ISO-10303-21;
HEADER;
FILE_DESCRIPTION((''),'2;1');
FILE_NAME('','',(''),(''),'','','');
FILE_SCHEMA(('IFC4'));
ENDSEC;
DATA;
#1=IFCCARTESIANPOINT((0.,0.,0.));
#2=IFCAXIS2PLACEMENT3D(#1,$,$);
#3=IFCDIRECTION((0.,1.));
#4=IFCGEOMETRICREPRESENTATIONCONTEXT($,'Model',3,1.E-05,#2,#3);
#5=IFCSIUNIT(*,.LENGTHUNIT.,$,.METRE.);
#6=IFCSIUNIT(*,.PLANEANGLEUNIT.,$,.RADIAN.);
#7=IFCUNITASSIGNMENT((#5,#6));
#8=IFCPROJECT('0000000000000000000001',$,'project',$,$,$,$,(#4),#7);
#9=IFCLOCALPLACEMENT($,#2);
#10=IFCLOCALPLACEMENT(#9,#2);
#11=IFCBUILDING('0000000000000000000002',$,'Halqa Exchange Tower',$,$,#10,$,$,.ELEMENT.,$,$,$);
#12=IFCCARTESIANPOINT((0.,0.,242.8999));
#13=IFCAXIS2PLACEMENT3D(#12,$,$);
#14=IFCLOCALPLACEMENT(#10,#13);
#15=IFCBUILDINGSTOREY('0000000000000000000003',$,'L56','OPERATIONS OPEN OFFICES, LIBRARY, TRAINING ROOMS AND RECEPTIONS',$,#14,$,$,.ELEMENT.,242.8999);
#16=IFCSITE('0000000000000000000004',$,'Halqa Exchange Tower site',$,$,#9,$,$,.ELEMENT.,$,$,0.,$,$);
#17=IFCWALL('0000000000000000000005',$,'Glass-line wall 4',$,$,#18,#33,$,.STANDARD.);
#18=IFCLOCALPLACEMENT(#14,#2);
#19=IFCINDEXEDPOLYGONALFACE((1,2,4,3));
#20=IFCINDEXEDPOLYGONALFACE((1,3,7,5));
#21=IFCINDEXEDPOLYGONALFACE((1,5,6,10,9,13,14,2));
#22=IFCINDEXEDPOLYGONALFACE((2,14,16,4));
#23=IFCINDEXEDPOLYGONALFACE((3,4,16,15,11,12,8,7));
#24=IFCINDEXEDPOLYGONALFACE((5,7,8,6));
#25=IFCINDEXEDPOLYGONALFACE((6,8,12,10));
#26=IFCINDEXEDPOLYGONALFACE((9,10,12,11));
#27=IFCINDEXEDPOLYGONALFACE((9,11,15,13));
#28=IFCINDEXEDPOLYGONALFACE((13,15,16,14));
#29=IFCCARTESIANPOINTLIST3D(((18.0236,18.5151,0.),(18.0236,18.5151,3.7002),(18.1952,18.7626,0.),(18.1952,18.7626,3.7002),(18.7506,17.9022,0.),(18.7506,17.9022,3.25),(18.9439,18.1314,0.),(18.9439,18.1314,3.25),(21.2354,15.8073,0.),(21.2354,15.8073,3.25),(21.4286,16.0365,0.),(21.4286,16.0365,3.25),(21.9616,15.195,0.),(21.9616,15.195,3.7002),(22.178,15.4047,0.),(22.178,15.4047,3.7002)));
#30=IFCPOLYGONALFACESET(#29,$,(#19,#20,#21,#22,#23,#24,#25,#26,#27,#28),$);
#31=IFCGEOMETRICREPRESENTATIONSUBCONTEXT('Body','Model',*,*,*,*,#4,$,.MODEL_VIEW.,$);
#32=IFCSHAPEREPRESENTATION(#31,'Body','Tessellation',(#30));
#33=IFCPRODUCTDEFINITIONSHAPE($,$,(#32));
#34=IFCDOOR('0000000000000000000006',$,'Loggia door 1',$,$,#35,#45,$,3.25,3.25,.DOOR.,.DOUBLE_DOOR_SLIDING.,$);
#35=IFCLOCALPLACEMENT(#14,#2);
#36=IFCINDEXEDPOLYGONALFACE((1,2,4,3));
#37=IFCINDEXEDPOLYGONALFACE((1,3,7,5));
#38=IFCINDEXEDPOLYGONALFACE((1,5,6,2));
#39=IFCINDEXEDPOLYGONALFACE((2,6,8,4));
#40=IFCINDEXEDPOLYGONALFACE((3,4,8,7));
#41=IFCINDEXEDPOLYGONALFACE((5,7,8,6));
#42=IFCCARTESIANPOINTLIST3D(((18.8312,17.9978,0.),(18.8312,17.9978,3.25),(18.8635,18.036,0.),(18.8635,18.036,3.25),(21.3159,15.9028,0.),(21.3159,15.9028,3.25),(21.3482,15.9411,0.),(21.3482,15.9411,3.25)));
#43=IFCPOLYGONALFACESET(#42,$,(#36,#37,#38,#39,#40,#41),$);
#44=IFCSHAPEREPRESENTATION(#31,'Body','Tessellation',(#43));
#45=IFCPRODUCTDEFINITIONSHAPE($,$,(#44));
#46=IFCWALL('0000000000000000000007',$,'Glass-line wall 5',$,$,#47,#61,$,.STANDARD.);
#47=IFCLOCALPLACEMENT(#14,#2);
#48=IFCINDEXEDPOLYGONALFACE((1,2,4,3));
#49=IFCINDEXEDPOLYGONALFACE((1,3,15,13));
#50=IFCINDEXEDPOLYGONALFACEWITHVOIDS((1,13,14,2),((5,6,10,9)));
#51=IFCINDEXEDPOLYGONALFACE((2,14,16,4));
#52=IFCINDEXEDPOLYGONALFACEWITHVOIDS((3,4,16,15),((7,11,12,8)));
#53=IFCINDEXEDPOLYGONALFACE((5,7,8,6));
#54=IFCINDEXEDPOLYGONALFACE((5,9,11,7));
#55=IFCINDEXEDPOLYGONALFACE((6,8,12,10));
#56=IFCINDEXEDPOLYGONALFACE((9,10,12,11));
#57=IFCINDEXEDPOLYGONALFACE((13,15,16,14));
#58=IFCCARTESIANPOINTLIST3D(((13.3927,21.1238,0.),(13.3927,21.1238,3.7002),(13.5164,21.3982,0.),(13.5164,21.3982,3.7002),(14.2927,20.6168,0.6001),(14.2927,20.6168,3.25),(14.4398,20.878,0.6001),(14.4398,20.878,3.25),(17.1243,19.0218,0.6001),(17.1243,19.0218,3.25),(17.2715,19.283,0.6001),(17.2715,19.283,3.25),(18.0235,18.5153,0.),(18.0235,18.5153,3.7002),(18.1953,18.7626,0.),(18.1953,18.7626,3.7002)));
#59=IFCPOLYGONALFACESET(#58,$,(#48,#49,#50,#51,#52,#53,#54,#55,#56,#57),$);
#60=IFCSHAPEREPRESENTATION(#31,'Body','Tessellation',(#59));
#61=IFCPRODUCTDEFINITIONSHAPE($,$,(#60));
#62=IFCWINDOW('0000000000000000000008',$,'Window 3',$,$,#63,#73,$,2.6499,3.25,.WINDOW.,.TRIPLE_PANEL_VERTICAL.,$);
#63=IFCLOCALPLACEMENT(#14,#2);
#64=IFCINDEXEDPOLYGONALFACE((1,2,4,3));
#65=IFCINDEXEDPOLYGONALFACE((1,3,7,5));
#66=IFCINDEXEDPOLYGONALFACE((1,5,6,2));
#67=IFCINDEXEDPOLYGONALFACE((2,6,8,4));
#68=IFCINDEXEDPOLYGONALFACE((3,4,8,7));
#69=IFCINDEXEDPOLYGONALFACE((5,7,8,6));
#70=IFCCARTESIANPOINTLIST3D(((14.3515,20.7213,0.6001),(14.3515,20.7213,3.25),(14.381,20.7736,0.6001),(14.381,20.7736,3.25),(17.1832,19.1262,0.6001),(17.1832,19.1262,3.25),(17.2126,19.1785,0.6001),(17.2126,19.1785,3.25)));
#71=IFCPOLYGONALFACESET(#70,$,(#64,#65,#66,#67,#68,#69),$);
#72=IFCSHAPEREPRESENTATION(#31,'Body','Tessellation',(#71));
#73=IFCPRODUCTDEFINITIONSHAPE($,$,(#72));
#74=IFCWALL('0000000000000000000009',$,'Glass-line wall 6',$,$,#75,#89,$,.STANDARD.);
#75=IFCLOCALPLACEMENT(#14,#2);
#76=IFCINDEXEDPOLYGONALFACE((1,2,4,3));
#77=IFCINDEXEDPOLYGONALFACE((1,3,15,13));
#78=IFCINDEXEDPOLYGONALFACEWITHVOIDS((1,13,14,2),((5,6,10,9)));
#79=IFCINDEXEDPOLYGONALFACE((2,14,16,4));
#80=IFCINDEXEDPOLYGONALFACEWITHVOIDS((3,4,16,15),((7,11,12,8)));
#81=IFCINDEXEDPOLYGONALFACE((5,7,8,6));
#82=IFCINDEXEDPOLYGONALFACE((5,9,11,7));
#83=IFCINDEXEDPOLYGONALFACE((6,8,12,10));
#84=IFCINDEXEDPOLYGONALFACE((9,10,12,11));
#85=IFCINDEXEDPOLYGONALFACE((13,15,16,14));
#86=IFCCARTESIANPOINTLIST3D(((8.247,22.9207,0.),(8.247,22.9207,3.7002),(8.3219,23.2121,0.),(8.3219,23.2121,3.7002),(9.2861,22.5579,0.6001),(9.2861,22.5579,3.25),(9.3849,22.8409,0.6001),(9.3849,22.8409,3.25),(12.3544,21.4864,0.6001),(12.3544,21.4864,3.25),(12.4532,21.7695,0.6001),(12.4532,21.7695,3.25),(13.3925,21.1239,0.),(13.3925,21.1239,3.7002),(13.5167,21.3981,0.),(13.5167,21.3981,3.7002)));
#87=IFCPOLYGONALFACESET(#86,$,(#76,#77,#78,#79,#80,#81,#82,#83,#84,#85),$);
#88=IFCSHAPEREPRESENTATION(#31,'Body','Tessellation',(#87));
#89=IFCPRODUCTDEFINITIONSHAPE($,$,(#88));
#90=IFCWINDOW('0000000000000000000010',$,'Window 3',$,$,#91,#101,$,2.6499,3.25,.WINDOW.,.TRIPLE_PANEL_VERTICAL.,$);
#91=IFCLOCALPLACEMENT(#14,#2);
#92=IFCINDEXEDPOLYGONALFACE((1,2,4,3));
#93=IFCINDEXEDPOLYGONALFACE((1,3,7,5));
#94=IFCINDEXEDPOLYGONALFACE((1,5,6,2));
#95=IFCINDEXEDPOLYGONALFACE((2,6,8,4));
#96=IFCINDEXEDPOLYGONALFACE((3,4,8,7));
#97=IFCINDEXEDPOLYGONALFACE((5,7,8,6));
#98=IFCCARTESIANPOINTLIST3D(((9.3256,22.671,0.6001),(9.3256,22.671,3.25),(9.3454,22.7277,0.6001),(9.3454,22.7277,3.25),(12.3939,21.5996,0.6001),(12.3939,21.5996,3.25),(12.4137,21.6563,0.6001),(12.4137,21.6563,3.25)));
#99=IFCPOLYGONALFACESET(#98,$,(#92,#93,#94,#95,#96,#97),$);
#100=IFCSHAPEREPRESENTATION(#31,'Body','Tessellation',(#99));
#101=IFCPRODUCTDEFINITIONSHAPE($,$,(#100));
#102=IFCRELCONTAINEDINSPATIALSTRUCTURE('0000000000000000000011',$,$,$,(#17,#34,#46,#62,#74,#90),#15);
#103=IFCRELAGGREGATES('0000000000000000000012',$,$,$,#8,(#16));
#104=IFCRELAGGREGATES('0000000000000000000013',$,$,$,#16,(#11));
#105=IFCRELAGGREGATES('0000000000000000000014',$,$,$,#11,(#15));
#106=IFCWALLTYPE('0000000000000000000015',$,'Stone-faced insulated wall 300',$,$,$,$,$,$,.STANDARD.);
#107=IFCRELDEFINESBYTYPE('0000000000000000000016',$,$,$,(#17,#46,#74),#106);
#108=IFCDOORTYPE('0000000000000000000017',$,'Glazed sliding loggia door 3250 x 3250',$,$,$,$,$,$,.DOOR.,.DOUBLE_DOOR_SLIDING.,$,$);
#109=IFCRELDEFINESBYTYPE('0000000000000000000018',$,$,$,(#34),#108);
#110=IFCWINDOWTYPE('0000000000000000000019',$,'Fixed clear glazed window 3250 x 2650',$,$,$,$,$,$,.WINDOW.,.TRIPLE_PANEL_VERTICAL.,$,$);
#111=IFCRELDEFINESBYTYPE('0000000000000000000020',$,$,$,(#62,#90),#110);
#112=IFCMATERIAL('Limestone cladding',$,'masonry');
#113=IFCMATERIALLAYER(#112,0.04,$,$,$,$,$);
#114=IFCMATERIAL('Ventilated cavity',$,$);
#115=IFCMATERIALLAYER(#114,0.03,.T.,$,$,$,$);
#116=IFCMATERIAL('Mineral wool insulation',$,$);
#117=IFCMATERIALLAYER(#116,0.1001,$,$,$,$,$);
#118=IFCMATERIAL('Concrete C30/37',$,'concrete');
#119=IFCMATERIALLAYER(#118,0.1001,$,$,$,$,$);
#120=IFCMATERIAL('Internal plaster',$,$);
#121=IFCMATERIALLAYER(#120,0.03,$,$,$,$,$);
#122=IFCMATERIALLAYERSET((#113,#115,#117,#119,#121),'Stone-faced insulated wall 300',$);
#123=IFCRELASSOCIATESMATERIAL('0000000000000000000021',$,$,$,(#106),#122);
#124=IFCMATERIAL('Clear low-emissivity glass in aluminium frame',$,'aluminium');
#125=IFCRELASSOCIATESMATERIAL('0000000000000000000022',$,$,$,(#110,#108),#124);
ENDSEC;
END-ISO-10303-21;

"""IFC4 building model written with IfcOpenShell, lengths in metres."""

from ifc_helpers import new_model, si_unit, direction, frame, frame_2d, origin, place, context, subcontext, project, spatial, polyline, rectangle, outline, extrude, material, layer, layer_set, type_object, element, fill, save


model = new_model("IFC4")

# Units and contexts
model_context = context("Model", 3, precision=1e-05, world=origin(), true_north=direction((0.0, 1.0)))
body_context = subcontext(model_context, "Body", "Model", "MODEL_VIEW")
ifc_project = project(units=[si_unit("LENGTHUNIT", "METRE"), si_unit("PLANEANGLEUNIT", "RADIAN")], contexts=[model_context])

# Site, building, storey
site_placement = place(None, origin())
site = spatial("IfcSite", under=ifc_project, at=site_placement, Name="Halqa Exchange Tower site", CompositionType="ELEMENT", RefElevation=0.0)
building_placement = place(site_placement, origin())
building = spatial("IfcBuilding", under=site, at=building_placement, Name="Halqa Exchange Tower", CompositionType="ELEMENT")
storey_placement = place(building_placement, frame((0.0, 0.0, 242.8999)))
storey = spatial("IfcBuildingStorey", under=building, at=storey_placement, Name="L56", Description="OPERATIONS OPEN OFFICES, LIBRARY, TRAINING ROOMS AND RECEPTIONS", CompositionType="ELEMENT", Elevation=242.8999)

# Shared definitions
ifc_material_1 = material(Name="Limestone cladding", Category="masonry")
ifc_layer_1 = layer(ifc_material_1, 0.04)
ifc_material_2 = material(Name="Ventilated cavity")
ifc_layer_2 = layer(ifc_material_2, 0.03, ventilated=True)
ifc_material_3 = material(Name="Mineral wool insulation")
ifc_layer_3 = layer(ifc_material_3, 0.1001)
ifc_material_4 = material(Name="Concrete C30/37", Category="concrete")
ifc_layer_4 = layer(ifc_material_4, 0.1001)
ifc_material_5 = material(Name="Internal plaster")
ifc_layer_5 = layer(ifc_material_5, 0.03)
ifc_layer_set_1 = layer_set([ifc_layer_1, ifc_layer_2, ifc_layer_3, ifc_layer_4, ifc_layer_5], Name="Stone-faced insulated wall 300")
wall_type_1 = type_object("IfcWallType", Name="Stone-faced insulated wall 300", PredefinedType="STANDARD", material=ifc_layer_set_1)
ifc_material_6 = material(Name="Clear low-emissivity glass in aluminium frame", Category="aluminium")
window_type = type_object("IfcWindowType", Name="Fixed clear glazed window 3250 x 2650", PartitioningType="TRIPLE_PANEL_VERTICAL", PredefinedType="WINDOW", material=ifc_material_6)

# Wall, opening, door
wall_1_placement = place(storey_placement, frame((22.0698, 15.2998, 0.0), z_axis=(0.0, 0.0, 1.0), x_axis=(-0.764531, 0.644587, 0.0)))
wall_1 = element("IfcWall", 1, at=wall_1_placement, inside=storey, type_object=wall_type_1, Name="Glass-line wall 4", PredefinedType="STANDARD", context=body_context, shape_type="SweptSolid", body=[
    extrude(outline(polyline([(-0.0151, -0.1499), (5.1943, -0.1499), (5.166, 0.1499), (0.0151, 0.1499), (-0.0151, -0.1499)])), origin(), (0.0, 0.0, 1.0), 3.7002),
])
opening_1_placement = place(wall_1_placement, frame((0.9651, 0.0, 0.0)))
opening_1 = element("IfcOpeningElement", 2, at=opening_1_placement, cuts=wall_1, PredefinedType="OPENING", context=body_context, shape_type="SweptSolid", body=[
    extrude(rectangle(XDim=3.25, YDim=3.25, at=frame_2d((1.625, 1.625))), frame((0.0, 0.1621, 0.0), z_axis=(0.0, -1.0, 0.0), x_axis=(1.0, 0.0, 0.0)), (0.0, 0.0, 1.0), 0.324),
])
door_type = type_object("IfcDoorType", Name="Glazed sliding loggia door 3250 x 3250", OperationType="DOUBLE_DOOR_SLIDING", PredefinedType="DOOR", material=ifc_material_6)
door_placement = place(opening_1_placement, origin())
door = element("IfcDoor", 3, at=door_placement, inside=storey, type_object=door_type, Name="Loggia door 1", OperationType="DOUBLE_DOOR_SLIDING", OverallHeight=3.25, OverallWidth=3.25, PredefinedType="DOOR", context=body_context, shape_type="SweptSolid", body=[
    extrude(rectangle(XDim=3.25, YDim=3.25, at=frame_2d((1.625, 1.625))), frame((0.0, 0.0249, 0.0), z_axis=(0.0, -1.0, 0.0), x_axis=(1.0, 0.0, 0.0)), (0.0, 0.0, 1.0), 0.05),
])
fill(opening_1, door)

# Walls, openings, windows
wall_2_placement = place(storey_placement, frame((18.1094, 18.6389, 0.0), z_axis=(0.0, 0.0, 1.0), x_axis=(-0.871275, 0.490795, 0.0)))
wall_2 = element("IfcWall", 4, at=wall_2_placement, inside=storey, type_object=wall_type_1, Name="Glass-line wall 5", PredefinedType="STANDARD", context=body_context, shape_type="SweptSolid", body=[
    extrude(outline(polyline([(-0.0142, -0.1499), (5.356, -0.1499), (5.3291, 0.1499), (0.0142, 0.1499), (-0.0142, -0.1499)])), origin(), (0.0, 0.0, 1.0), 3.7002),
])
opening_2_placement = place(wall_2_placement, frame((1.0461, 0.0, 0.6001)))
opening_2 = element("IfcOpeningElement", 5, at=opening_2_placement, cuts=wall_2, PredefinedType="OPENING", context=body_context, shape_type="SweptSolid", body=[
    extrude(rectangle(XDim=3.25, YDim=2.6499, at=frame_2d((1.625, 1.325))), frame((0.0, 0.1621, 0.0), z_axis=(0.0, -1.0, 0.0), x_axis=(1.0, 0.0, 0.0)), (0.0, 0.0, 1.0), 0.324),
])
window_1_placement = place(opening_2_placement, origin())
window_1 = element("IfcWindow", 6, at=window_1_placement, inside=storey, type_object=window_type, Name="Window 3", OverallHeight=2.6499, OverallWidth=3.25, PartitioningType="TRIPLE_PANEL_VERTICAL", PredefinedType="WINDOW", context=body_context, shape_type="SweptSolid", body=[
    extrude(rectangle(XDim=3.25, YDim=2.6499, at=frame_2d((1.625, 1.325))), frame((0.0, 0.03, 0.0), z_axis=(0.0, -1.0, 0.0), x_axis=(1.0, 0.0, 0.0)), (0.0, 0.0, 1.0), 0.0601),
])
fill(opening_2, window_1)
wall_3_placement = place(storey_placement, frame((13.4546, 21.261, 0.0), z_axis=(0.0, 0.0, 1.0), x_axis=(-0.944094, 0.329677, 0.0)))
wall_3 = element("IfcWall", 7, at=wall_3_placement, inside=storey, type_object=wall_type_1, Name="Glass-line wall 6", PredefinedType="STANDARD", context=body_context, shape_type="SweptSolid", body=[
    extrude(outline(polyline([(-0.0134, -0.1499), (5.489, -0.1499), (5.4636, 0.1499), (0.0134, 0.1499), (-0.0134, -0.1499)])), origin(), (0.0, 0.0, 1.0), 3.7002),
])
opening_3_placement = place(wall_3_placement, frame((1.113, 0.0, 0.6001)))
opening_3 = element("IfcOpeningElement", 8, at=opening_3_placement, cuts=wall_3, PredefinedType="OPENING", context=body_context, shape_type="SweptSolid", body=[
    extrude(rectangle(XDim=3.25, YDim=2.6499, at=frame_2d((1.625, 1.325))), frame((0.0, 0.1621, 0.0), z_axis=(0.0, -1.0, 0.0), x_axis=(1.0, 0.0, 0.0)), (0.0, 0.0, 1.0), 0.324),
])
window_2_placement = place(opening_3_placement, origin())
window_2 = element("IfcWindow", 9, at=window_2_placement, inside=storey, type_object=window_type, Name="Window 3", OverallHeight=2.6499, OverallWidth=3.25, PartitioningType="TRIPLE_PANEL_VERTICAL", PredefinedType="WINDOW", context=body_context, shape_type="SweptSolid", body=[
    extrude(rectangle(XDim=3.25, YDim=2.6499, at=frame_2d((1.625, 1.325))), frame((0.0, 0.03, 0.0), z_axis=(0.0, -1.0, 0.0), x_axis=(1.0, 0.0, 0.0)), (0.0, 0.0, 1.0), 0.0601),
])
fill(opening_3, window_2)

save(model, "model.ifc")
